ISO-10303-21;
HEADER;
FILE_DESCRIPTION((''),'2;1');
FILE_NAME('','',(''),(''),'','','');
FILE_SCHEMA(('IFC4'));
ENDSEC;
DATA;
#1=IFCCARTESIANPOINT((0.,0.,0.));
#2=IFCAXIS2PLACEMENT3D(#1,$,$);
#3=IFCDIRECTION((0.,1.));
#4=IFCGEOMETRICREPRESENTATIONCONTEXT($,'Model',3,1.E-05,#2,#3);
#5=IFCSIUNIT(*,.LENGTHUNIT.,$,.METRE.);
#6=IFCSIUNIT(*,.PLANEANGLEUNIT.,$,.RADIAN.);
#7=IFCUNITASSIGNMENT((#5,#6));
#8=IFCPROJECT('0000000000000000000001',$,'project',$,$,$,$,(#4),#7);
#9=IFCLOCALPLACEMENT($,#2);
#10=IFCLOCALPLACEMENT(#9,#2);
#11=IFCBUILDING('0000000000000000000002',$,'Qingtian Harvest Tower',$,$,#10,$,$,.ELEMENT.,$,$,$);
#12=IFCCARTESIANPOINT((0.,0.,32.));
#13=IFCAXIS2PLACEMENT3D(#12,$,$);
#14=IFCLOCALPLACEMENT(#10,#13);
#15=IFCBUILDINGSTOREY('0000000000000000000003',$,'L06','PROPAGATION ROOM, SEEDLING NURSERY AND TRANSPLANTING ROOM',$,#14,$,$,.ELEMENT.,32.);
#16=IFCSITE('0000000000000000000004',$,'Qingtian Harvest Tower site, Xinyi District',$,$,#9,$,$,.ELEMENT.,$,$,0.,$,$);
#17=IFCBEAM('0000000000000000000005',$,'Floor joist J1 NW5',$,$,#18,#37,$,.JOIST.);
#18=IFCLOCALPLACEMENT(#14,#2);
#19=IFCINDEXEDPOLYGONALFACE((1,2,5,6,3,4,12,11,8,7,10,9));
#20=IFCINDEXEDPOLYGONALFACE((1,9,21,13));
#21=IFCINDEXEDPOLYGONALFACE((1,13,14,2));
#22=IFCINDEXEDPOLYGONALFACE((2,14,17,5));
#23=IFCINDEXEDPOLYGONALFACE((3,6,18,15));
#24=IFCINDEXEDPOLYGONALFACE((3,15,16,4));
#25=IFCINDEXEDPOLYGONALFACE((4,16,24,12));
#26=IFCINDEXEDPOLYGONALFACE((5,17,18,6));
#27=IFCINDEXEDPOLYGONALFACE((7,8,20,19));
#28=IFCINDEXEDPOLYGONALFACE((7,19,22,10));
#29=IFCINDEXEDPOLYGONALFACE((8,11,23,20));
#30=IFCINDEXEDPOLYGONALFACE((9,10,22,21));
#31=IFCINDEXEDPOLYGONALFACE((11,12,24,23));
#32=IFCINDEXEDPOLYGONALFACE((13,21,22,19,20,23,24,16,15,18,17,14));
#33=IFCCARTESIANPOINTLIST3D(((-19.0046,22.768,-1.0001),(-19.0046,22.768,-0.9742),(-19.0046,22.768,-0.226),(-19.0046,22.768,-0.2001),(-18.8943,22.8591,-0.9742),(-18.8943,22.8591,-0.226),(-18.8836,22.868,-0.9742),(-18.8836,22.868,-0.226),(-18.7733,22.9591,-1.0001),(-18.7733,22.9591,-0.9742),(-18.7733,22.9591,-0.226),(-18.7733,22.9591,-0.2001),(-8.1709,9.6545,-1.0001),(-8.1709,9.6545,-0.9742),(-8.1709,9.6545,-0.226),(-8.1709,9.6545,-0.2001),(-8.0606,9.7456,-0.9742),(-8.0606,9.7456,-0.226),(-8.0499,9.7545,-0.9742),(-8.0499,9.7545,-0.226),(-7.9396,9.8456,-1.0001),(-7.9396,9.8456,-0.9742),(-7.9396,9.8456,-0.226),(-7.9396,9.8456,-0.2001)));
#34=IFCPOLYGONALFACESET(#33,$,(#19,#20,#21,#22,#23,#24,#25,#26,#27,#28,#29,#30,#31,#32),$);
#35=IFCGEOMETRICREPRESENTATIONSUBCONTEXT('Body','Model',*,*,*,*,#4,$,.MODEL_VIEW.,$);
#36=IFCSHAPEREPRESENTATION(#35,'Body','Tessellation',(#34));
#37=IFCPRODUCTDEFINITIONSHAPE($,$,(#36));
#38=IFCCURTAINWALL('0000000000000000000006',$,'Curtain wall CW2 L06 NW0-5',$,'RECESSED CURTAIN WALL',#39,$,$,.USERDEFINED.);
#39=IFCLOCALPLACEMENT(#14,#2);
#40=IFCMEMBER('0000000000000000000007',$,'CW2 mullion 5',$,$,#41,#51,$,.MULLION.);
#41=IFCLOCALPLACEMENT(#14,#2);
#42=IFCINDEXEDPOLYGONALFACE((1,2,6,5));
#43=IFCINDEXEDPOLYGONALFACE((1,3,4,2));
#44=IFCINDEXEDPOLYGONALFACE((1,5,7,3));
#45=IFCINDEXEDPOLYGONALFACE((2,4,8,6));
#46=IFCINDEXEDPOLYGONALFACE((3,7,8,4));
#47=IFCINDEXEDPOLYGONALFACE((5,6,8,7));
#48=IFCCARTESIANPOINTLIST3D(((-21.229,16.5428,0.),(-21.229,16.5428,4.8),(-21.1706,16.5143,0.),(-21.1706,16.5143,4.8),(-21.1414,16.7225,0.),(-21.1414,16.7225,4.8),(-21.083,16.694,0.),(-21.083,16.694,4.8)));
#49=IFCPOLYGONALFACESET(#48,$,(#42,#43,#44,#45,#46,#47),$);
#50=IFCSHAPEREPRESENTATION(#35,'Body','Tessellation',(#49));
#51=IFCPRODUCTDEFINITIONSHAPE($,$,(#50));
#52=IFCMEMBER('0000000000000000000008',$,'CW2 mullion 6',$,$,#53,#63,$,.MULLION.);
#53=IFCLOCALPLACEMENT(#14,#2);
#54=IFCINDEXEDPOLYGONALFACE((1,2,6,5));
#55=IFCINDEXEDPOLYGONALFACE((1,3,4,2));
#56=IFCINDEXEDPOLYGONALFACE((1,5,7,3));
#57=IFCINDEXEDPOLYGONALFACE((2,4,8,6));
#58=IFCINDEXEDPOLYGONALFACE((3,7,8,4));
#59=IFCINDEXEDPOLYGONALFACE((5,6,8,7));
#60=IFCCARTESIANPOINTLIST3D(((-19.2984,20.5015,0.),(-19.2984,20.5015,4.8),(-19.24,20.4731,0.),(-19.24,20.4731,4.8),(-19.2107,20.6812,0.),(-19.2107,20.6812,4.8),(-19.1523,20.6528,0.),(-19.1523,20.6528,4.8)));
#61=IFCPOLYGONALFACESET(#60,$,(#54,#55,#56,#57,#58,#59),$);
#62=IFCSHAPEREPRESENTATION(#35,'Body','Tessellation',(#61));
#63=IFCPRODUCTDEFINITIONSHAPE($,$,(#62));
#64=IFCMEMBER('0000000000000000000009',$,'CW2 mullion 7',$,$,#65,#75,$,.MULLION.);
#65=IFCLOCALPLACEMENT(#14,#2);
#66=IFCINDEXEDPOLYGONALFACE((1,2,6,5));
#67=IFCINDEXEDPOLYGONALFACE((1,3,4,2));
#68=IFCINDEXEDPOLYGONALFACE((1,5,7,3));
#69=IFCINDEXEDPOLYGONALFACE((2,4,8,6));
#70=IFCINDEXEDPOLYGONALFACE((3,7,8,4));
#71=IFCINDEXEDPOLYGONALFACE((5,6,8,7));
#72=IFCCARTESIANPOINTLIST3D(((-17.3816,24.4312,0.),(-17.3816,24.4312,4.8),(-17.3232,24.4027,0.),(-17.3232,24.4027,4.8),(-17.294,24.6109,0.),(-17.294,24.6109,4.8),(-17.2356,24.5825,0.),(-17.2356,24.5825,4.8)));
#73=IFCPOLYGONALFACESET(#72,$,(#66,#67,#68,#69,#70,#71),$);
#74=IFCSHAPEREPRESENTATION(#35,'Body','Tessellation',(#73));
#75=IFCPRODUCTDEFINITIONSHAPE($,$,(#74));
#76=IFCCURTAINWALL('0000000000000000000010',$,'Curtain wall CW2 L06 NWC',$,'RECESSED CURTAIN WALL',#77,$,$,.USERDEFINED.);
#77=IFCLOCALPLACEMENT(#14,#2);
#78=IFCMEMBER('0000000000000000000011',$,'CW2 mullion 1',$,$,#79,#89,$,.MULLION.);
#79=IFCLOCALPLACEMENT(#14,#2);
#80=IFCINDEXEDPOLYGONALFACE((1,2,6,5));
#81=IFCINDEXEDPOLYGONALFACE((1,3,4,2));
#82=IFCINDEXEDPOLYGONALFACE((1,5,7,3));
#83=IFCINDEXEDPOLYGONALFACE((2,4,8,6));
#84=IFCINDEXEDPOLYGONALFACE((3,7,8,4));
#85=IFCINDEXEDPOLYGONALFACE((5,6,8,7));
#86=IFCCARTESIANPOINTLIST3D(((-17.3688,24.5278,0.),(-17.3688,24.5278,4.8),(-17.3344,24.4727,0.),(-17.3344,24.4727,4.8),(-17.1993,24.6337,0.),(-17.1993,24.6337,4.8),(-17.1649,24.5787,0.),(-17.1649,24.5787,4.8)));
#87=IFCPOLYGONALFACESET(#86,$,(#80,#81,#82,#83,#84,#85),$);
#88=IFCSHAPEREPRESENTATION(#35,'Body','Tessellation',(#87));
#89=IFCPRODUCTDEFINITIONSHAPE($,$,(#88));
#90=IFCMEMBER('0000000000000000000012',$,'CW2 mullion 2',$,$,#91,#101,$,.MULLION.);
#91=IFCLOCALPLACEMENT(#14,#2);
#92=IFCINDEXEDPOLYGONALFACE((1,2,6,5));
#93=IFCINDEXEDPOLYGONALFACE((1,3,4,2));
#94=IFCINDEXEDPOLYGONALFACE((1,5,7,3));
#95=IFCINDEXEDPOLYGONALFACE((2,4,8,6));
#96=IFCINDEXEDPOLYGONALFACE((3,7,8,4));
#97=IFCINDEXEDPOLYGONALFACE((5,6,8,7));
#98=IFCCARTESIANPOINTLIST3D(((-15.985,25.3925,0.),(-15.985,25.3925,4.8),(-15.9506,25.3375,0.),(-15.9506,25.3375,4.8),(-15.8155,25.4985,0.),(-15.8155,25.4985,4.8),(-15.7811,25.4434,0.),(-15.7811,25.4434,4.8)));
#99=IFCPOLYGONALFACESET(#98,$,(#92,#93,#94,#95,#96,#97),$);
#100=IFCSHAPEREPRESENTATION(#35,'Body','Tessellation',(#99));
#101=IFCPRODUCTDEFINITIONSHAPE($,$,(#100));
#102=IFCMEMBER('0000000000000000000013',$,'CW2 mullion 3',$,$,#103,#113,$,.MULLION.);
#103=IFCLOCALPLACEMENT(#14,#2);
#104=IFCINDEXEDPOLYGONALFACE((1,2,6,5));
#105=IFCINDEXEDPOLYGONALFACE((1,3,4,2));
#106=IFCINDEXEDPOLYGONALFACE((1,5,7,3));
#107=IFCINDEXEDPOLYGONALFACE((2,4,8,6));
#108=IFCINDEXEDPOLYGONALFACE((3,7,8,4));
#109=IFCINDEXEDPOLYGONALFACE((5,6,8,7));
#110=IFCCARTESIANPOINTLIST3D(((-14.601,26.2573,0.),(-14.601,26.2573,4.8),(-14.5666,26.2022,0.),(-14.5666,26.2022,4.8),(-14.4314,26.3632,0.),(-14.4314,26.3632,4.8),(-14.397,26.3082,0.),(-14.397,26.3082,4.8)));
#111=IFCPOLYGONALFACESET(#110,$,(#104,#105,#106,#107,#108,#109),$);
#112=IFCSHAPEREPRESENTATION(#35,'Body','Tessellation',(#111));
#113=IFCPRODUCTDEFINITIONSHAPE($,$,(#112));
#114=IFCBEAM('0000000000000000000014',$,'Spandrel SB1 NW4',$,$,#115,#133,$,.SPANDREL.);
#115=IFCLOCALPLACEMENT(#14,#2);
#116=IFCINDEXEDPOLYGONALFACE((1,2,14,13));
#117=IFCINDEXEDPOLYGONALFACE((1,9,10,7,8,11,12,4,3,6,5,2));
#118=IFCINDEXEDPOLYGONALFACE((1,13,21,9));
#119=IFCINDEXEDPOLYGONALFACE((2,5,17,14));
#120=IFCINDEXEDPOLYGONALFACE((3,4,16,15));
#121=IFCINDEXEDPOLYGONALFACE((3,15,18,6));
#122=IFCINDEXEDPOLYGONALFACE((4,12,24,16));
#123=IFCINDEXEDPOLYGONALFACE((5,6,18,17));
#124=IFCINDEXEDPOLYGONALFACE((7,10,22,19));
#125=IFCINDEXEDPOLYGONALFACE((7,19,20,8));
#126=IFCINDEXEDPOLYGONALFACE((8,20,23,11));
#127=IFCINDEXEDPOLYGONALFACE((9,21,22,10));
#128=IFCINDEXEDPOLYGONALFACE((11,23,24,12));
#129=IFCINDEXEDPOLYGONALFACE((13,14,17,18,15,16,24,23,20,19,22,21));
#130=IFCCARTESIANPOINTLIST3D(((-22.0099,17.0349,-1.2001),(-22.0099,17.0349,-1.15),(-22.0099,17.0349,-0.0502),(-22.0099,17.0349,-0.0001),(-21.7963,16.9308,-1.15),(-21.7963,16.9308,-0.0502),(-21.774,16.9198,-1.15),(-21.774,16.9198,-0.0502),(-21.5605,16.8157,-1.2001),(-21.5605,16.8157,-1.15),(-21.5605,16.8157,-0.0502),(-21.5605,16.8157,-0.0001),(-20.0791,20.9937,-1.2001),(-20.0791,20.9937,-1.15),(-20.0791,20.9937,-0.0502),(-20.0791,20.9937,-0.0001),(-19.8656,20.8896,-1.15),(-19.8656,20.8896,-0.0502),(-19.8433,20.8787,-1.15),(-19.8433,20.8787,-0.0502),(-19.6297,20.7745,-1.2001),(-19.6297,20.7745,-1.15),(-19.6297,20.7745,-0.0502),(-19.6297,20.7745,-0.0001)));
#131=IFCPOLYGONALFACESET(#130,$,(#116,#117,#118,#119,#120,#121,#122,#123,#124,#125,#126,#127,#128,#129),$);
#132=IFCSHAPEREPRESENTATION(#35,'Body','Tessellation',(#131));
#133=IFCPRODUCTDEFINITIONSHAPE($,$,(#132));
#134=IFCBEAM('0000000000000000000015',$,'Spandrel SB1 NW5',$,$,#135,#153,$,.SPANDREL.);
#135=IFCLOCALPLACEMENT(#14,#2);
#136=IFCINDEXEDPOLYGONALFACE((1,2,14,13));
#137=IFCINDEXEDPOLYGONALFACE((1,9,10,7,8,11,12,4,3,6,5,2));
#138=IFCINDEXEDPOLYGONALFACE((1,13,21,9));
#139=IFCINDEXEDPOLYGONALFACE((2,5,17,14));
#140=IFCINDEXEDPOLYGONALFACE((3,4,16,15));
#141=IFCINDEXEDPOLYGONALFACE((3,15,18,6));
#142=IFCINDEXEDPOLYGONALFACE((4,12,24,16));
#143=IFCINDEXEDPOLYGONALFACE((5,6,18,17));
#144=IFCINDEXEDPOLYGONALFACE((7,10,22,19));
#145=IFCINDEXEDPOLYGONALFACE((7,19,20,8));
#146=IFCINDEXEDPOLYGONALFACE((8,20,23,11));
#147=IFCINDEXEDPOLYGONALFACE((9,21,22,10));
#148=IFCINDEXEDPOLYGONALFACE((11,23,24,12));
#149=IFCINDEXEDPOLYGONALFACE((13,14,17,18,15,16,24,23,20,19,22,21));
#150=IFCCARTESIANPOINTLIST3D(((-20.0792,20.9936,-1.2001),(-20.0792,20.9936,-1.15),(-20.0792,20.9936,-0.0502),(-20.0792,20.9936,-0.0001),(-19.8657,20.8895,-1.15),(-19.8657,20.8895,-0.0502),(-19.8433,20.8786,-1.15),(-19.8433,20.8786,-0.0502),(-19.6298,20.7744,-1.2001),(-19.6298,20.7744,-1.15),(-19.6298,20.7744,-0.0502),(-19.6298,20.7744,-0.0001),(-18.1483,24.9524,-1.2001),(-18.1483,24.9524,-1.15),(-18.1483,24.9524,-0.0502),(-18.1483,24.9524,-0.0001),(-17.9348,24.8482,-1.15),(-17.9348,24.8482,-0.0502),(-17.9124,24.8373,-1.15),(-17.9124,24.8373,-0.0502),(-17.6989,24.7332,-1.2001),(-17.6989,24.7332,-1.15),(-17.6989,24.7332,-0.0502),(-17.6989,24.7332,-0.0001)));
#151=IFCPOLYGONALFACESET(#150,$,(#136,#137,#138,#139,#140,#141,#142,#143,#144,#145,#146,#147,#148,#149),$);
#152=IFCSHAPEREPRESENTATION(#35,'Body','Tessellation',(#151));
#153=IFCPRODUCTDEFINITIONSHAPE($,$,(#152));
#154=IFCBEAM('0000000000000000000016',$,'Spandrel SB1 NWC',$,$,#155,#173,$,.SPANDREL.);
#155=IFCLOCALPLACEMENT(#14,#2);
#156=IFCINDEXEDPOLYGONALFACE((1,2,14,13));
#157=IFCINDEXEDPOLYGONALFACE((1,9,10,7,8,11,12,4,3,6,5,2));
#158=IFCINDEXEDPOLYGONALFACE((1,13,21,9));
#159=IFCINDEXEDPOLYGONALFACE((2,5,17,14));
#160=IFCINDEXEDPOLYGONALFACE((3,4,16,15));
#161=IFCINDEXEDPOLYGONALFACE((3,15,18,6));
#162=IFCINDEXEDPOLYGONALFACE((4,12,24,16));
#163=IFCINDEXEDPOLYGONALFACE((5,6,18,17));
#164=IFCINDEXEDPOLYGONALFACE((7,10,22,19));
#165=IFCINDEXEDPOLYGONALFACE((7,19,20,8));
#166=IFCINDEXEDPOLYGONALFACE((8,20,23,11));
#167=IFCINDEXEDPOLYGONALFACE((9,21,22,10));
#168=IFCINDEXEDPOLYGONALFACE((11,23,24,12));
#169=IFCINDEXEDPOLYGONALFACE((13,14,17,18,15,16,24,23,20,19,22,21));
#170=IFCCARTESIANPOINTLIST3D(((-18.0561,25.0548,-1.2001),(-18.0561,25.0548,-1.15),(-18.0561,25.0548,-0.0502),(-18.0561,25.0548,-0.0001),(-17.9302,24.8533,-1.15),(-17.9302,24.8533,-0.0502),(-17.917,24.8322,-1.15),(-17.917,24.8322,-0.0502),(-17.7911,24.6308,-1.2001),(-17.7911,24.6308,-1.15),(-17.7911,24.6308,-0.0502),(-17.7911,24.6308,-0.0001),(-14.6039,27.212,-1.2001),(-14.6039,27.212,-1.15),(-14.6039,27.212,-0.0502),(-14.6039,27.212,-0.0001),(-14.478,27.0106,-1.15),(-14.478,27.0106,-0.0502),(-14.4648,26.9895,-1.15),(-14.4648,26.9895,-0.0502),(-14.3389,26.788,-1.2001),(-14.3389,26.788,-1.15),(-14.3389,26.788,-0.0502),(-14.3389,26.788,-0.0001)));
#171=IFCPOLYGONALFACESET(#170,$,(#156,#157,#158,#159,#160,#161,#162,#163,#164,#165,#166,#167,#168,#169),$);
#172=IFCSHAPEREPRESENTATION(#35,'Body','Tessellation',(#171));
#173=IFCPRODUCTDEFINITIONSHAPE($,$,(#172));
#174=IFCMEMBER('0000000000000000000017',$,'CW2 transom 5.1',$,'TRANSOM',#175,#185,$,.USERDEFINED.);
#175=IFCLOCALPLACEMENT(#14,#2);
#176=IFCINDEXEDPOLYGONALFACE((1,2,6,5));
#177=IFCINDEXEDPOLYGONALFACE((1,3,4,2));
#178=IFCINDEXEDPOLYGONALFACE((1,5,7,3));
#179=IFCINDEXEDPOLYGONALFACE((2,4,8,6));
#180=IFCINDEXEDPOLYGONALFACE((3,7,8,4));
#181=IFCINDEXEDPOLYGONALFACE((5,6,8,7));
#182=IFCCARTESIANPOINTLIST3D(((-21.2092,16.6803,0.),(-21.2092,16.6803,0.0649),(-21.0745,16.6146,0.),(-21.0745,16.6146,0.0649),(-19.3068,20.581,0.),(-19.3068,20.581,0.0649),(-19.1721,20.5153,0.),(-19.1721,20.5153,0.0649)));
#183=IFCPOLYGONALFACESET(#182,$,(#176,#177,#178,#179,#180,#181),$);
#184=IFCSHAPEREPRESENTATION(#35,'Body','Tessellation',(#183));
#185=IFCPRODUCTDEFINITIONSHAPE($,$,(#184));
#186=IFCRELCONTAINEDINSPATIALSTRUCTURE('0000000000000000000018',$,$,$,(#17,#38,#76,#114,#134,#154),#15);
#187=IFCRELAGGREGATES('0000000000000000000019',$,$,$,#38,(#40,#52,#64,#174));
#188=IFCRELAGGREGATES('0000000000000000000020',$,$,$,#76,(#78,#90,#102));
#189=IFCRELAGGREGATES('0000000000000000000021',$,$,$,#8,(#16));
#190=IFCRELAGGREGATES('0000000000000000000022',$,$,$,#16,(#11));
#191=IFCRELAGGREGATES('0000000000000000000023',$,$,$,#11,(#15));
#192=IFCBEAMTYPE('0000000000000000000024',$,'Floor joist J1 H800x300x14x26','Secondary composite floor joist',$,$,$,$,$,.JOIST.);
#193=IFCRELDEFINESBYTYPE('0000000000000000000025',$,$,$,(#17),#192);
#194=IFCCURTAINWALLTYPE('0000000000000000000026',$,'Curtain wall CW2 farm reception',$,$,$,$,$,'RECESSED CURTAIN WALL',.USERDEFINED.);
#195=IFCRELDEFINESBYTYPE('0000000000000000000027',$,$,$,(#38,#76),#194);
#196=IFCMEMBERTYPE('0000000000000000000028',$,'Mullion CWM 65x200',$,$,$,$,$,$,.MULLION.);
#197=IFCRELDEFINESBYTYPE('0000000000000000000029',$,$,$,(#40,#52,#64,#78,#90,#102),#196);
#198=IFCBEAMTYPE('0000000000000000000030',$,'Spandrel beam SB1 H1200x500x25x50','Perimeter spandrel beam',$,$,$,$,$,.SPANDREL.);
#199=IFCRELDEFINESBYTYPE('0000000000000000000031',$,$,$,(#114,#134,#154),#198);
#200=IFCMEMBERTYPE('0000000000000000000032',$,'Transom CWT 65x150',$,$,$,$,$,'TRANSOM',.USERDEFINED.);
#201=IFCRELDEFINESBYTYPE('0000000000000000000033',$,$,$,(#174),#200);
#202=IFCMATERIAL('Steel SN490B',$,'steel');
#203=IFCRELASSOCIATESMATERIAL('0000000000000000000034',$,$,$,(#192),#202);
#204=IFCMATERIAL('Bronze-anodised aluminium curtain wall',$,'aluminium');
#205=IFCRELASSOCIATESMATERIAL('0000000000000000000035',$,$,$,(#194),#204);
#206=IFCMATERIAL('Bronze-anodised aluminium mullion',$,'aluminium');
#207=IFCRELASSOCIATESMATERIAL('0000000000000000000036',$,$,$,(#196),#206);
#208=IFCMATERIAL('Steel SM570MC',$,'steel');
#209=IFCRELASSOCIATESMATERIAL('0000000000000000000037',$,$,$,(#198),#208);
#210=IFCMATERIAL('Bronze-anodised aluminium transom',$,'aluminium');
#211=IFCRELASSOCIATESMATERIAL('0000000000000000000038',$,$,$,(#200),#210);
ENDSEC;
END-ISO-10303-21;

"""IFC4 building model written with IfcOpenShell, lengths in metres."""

from ifc_helpers import new_model, si_unit, direction, frame, origin, origin_2d, place, context, subcontext, project, spatial, rectangle, i_section, extrude, material, material_profile, profile_set, type_object, element, aggregate, save


model = new_model("IFC4")

# Units and contexts
model_context = context("Model", 3, precision=1e-05, world=origin(), true_north=direction((0.0, 1.0)))
body_context = subcontext(model_context, "Body", "Model", "MODEL_VIEW")
ifc_project = project(units=[si_unit("LENGTHUNIT", "METRE"), si_unit("PLANEANGLEUNIT", "RADIAN")], contexts=[model_context])

# Site, building, storey
site_placement = place(None, origin())
site = spatial("IfcSite", under=ifc_project, at=site_placement, Name="Qingtian Harvest Tower site, Xinyi District", CompositionType="ELEMENT", RefElevation=0.0)
building_placement = place(site_placement, origin())
building = spatial("IfcBuilding", under=site, at=building_placement, Name="Qingtian Harvest Tower", CompositionType="ELEMENT")
storey_placement = place(building_placement, frame((0.0, 0.0, 32.0)))
storey = spatial("IfcBuildingStorey", under=building, at=storey_placement, Name="L06", Description="PROPAGATION ROOM, SEEDLING NURSERY AND TRANSPLANTING ROOM", CompositionType="ELEMENT", Elevation=32.0)

# Beam
ifc_material_1 = material(Name="Steel SN490B", Category="steel")
ifc_material_profile_1 = material_profile(ifc_material_1, i_section(OverallWidth=0.3, OverallDepth=0.8, WebThickness=0.0139, FlangeThickness=0.0259, at=origin_2d()), Name="H800x300x14x26")
ifc_profile_set_1 = profile_set([ifc_material_profile_1], Name="Steel SN490B")
beam_type_1 = type_object("IfcBeamType", Name="Floor joist J1 H800x300x14x26", Description="Secondary composite floor joist", PredefinedType="JOIST", material=ifc_profile_set_1)
beam_1_placement = place(storey_placement, frame((-18.8889, 22.8635, -0.6001), z_axis=(0.63691, -0.770938, 0.0), x_axis=(0.770938, 0.63691, 0.0)))
element("IfcBeam", 1, at=beam_1_placement, inside=storey, type_object=beam_type_1, Name="Floor joist J1 NW5", PredefinedType="JOIST", context=body_context, shape_type="SweptSolid", body=[
    extrude(i_section(OverallWidth=0.3, OverallDepth=0.8, WebThickness=0.0139, FlangeThickness=0.0259, at=origin_2d()), origin(), (0.0, 0.0, 1.0), 17.0098),
])

# Curtain walls, members
ifc_material_2 = material(Name="Bronze-anodised aluminium curtain wall", Category="aluminium")
curtain_wall_type = type_object("IfcCurtainWallType", Name="Curtain wall CW2 farm reception", ElementType="RECESSED CURTAIN WALL", PredefinedType="USERDEFINED", material=ifc_material_2)
curtain_wall_1_placement = place(storey_placement, origin())
curtain_wall_1 = element("IfcCurtainWall", 2, at=curtain_wall_1_placement, inside=storey, type_object=curtain_wall_type, Name="Curtain wall CW2 L06 NW0-5", ObjectType="RECESSED CURTAIN WALL", PredefinedType="USERDEFINED")
ifc_material_3 = material(Name="Bronze-anodised aluminium mullion", Category="aluminium")
ifc_material_profile_2 = material_profile(ifc_material_3, rectangle(XDim=0.0649, YDim=0.2, at=origin_2d()), Name="AL 65x200")
ifc_profile_set_2 = profile_set([ifc_material_profile_2], Name="Bronze-anodised aluminium mullion")
member_type_1 = type_object("IfcMemberType", Name="Mullion CWM 65x200", PredefinedType="MULLION", material=ifc_profile_set_2)
member_1_placement = place(storey_placement, frame((-21.156, 16.6184, 0.0), z_axis=(0.0, 0.0, 1.0), x_axis=(-0.898794, 0.438371, 0.0)))
member_1 = element("IfcMember", 3, at=member_1_placement, type_object=member_type_1, Name="CW2 mullion 5", PredefinedType="MULLION", context=body_context, shape_type="SweptSolid", body=[
    extrude(rectangle(XDim=0.0649, YDim=0.2, at=origin_2d()), origin(), (0.0, 0.0, 1.0), 4.8),
])
member_2_placement = place(storey_placement, frame((-19.2253, 20.5771, 0.0), z_axis=(0.0, 0.0, 1.0), x_axis=(-0.898794, 0.438371, 0.0)))
member_2 = element("IfcMember", 4, at=member_2_placement, type_object=member_type_1, Name="CW2 mullion 6", PredefinedType="MULLION", context=body_context, shape_type="SweptSolid", body=[
    extrude(rectangle(XDim=0.0649, YDim=0.2, at=origin_2d()), origin(), (0.0, 0.0, 1.0), 4.8),
])
member_3_placement = place(storey_placement, frame((-17.3086, 24.5068, 0.0), z_axis=(0.0, 0.0, 1.0), x_axis=(-0.898794, 0.438371, 0.0)))
member_3 = element("IfcMember", 5, at=member_3_placement, type_object=member_type_1, Name="CW2 mullion 7", PredefinedType="MULLION", context=body_context, shape_type="SweptSolid", body=[
    extrude(rectangle(XDim=0.0649, YDim=0.2, at=origin_2d()), origin(), (0.0, 0.0, 1.0), 4.8),
])
curtain_wall_2_placement = place(storey_placement, origin())
curtain_wall_2 = element("IfcCurtainWall", 6, at=curtain_wall_2_placement, inside=storey, type_object=curtain_wall_type, Name="Curtain wall CW2 L06 NWC", ObjectType="RECESSED CURTAIN WALL", PredefinedType="USERDEFINED")
member_4_placement = place(storey_placement, frame((-17.2668, 24.5532, 0.0), z_axis=(0.0, 0.0, 1.0), x_axis=(-0.529919, 0.848048, 0.0)))
member_4 = element("IfcMember", 7, at=member_4_placement, type_object=member_type_1, Name="CW2 mullion 1", PredefinedType="MULLION", context=body_context, shape_type="SweptSolid", body=[
    extrude(rectangle(XDim=0.0649, YDim=0.2, at=origin_2d()), origin(), (0.0, 0.0, 1.0), 4.8),
])
member_5_placement = place(storey_placement, frame((-15.8831, 25.418, 0.0), z_axis=(0.0, 0.0, 1.0), x_axis=(-0.529919, 0.848048, 0.0)))
member_5 = element("IfcMember", 8, at=member_5_placement, type_object=member_type_1, Name="CW2 mullion 2", PredefinedType="MULLION", context=body_context, shape_type="SweptSolid", body=[
    extrude(rectangle(XDim=0.0649, YDim=0.2, at=origin_2d()), origin(), (0.0, 0.0, 1.0), 4.8),
])
member_6_placement = place(storey_placement, frame((-14.499, 26.2827, 0.0), z_axis=(0.0, 0.0, 1.0), x_axis=(-0.529919, 0.848048, 0.0)))
member_6 = element("IfcMember", 9, at=member_6_placement, type_object=member_type_1, Name="CW2 mullion 3", PredefinedType="MULLION", context=body_context, shape_type="SweptSolid", body=[
    extrude(rectangle(XDim=0.0649, YDim=0.2, at=origin_2d()), origin(), (0.0, 0.0, 1.0), 4.8),
])

# Beams
ifc_material_4 = material(Name="Steel SM570MC", Category="steel")
ifc_material_profile_3 = material_profile(ifc_material_4, i_section(OverallWidth=0.5, OverallDepth=1.2, WebThickness=0.0249, FlangeThickness=0.05, at=origin_2d()), Name="H1200x500x25x50")
ifc_profile_set_3 = profile_set([ifc_material_profile_3], Name="Steel SM570MC")
beam_type_2 = type_object("IfcBeamType", Name="Spandrel beam SB1 H1200x500x25x50", Description="Perimeter spandrel beam", PredefinedType="SPANDREL", material=ifc_profile_set_3)
for number, where, z_axis, x_axis, name in (
    (10, (-21.7852, 16.9253, -0.6001), (0.438345, 0.898807, 0.0), (-0.898807, 0.438345, 0.0), "Spandrel SB1 NW4"),
    (11, (-19.8545, 20.884, -0.6001), (0.43839, 0.898785, 0.0), (-0.898785, 0.43839, 0.0), "Spandrel SB1 NW5"),
):
    element("IfcBeam", number, at=place(storey_placement, frame(where, z_axis=z_axis, x_axis=x_axis)), inside=storey, type_object=beam_type_2, Name=name, PredefinedType="SPANDREL", context=body_context, shape_type="SweptSolid", body=[
        extrude(i_section(OverallWidth=0.5, OverallDepth=1.2, WebThickness=0.0249, FlangeThickness=0.05, at=origin_2d()), origin(), (0.0, 0.0, 1.0), 4.4045),
    ])
beam_2_placement = place(storey_placement, frame((-17.9236, 24.8428, -0.6001), z_axis=(0.848039, 0.529934, 0.0), x_axis=(-0.529934, 0.848039, 0.0)))
element("IfcBeam", 12, at=beam_2_placement, inside=storey, type_object=beam_type_2, Name="Spandrel SB1 NWC", PredefinedType="SPANDREL", context=body_context, shape_type="SweptSolid", body=[
    extrude(i_section(OverallWidth=0.5, OverallDepth=1.2, WebThickness=0.0249, FlangeThickness=0.05, at=origin_2d()), origin(), (0.0, 0.0, 1.0), 4.0708),
])

# Member
ifc_material_5 = material(Name="Bronze-anodised aluminium transom", Category="aluminium")
ifc_material_profile_4 = material_profile(ifc_material_5, rectangle(XDim=0.1499, YDim=0.0649, at=origin_2d()), Name="AL 65x150")
ifc_profile_set_4 = profile_set([ifc_material_profile_4], Name="Bronze-anodised aluminium transom")
member_type_2 = type_object("IfcMemberType", Name="Transom CWT 65x150", ElementType="TRANSOM", PredefinedType="USERDEFINED", material=ifc_profile_set_4)
member_7_placement = place(storey_placement, frame((-21.1418, 16.6475, 0.0325), z_axis=(0.438348, 0.898805, 0.0), x_axis=(-0.898805, 0.438348, 0.0)))
member_7 = element("IfcMember", 13, at=member_7_placement, type_object=member_type_2, Name="CW2 transom 5.1", ObjectType="TRANSOM", PredefinedType="USERDEFINED", context=body_context, shape_type="SweptSolid", body=[
    extrude(rectangle(XDim=0.1499, YDim=0.0649, at=origin_2d()), origin(), (0.0, 0.0, 1.0), 4.3398),
])

aggregate(curtain_wall_1, [member_1, member_2, member_3, member_7])
aggregate(curtain_wall_2, [member_4, member_5, member_6])

save(model, "model.ifc")
